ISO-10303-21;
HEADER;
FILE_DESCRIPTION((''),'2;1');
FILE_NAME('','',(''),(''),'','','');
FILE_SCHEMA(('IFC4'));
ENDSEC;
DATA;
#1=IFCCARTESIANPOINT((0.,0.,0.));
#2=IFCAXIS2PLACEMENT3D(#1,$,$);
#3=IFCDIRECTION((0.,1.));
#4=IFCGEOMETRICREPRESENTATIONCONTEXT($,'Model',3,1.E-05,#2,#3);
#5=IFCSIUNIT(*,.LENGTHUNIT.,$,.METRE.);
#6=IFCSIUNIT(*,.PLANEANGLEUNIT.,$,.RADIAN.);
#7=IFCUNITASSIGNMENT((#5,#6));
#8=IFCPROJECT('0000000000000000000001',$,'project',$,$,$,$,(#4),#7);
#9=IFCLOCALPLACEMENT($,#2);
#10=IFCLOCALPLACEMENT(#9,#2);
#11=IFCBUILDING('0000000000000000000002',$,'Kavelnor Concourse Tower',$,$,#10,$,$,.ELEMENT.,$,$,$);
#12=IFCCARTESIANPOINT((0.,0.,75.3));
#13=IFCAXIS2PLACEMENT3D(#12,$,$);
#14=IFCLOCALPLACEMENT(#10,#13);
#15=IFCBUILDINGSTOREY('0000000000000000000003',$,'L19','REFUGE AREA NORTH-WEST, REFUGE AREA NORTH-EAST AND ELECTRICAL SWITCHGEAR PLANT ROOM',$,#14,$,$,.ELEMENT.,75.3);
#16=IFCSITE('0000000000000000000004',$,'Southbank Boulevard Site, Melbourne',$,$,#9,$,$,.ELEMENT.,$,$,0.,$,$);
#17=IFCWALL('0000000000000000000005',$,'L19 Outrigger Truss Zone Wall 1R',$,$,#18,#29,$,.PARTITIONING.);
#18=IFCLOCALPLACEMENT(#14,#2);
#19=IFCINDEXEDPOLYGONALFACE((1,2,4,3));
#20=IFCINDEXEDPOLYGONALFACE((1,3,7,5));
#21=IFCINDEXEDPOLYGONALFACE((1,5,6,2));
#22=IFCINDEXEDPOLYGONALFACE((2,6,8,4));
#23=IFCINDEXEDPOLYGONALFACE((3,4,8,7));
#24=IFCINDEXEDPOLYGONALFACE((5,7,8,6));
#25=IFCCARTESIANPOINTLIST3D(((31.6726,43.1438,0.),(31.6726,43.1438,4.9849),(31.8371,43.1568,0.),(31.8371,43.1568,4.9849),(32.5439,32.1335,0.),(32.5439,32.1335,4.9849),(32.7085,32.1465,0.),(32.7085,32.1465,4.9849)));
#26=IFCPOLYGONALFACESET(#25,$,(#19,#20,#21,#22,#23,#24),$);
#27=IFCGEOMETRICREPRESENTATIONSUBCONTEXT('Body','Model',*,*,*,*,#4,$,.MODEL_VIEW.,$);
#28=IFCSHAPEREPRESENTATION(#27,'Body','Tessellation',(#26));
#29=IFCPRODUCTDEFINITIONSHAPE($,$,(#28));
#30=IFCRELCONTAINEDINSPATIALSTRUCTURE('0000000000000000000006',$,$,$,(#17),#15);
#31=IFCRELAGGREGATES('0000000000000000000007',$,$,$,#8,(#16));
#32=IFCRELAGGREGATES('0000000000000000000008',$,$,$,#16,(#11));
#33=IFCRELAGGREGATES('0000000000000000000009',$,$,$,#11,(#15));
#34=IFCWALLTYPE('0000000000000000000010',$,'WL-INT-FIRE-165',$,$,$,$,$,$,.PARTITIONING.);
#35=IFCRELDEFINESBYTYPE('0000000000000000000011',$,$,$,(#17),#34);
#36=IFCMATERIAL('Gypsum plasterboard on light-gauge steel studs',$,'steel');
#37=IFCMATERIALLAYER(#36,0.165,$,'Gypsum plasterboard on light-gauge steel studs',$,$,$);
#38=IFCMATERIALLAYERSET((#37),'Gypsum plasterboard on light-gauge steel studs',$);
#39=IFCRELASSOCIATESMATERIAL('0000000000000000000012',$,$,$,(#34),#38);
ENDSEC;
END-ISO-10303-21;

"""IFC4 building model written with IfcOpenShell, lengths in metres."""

from ifc_helpers import new_model, si_unit, direction, frame, frame_2d, origin, place, context, subcontext, project, spatial, rectangle, extrude, material, layer, layer_set, type_object, element, save


model = new_model("IFC4")

# Units and contexts
model_context = context("Model", 3, precision=1e-05, world=origin(), true_north=direction((0.0, 1.0)))
body_context = subcontext(model_context, "Body", "Model", "MODEL_VIEW")
ifc_project = project(units=[si_unit("LENGTHUNIT", "METRE"), si_unit("PLANEANGLEUNIT", "RADIAN")], contexts=[model_context])

# Site, building, storey
site_placement = place(None, origin())
site = spatial("IfcSite", under=ifc_project, at=site_placement, Name="Southbank Boulevard Site, Melbourne", CompositionType="ELEMENT", RefElevation=0.0)
building_placement = place(site_placement, origin())
building = spatial("IfcBuilding", under=site, at=building_placement, Name="Kavelnor Concourse Tower", CompositionType="ELEMENT")
storey_placement = place(building_placement, frame((0.0, 0.0, 75.3)))
storey = spatial("IfcBuildingStorey", under=building, at=storey_placement, Name="L19", Description="REFUGE AREA NORTH-WEST, REFUGE AREA NORTH-EAST AND ELECTRICAL SWITCHGEAR PLANT ROOM", CompositionType="ELEMENT", Elevation=75.3)

# Shared definitions
ifc_material_1 = material(Name="Gypsum plasterboard on light-gauge steel studs", Category="steel")
ifc_layer_1 = layer(ifc_material_1, 0.165, Name="Gypsum plasterboard on light-gauge steel studs")
ifc_layer_set_1 = layer_set([ifc_layer_1], Name="Gypsum plasterboard on light-gauge steel studs")
wall_type = type_object("IfcWallType", Name="WL-INT-FIRE-165", PredefinedType="PARTITIONING", material=ifc_layer_set_1)

# Wall
wall_1_placement = place(storey_placement, frame((32.6262, 32.1399, 0.0), z_axis=(0.0, 0.0, 1.0), x_axis=(-0.078892, 0.996883, 0.0)))
element("IfcWall", 1, at=wall_1_placement, inside=storey, type_object=wall_type, Name="L19 Outrigger Truss Zone Wall 1R", PredefinedType="PARTITIONING", context=body_context, shape_type="SweptSolid", body=[
    extrude(rectangle(XDim=11.0447, YDim=0.165, at=frame_2d((5.5225, 0.0))), origin(), (0.0, 0.0, 1.0), 4.9849),
])

save(model, "model.ifc")
